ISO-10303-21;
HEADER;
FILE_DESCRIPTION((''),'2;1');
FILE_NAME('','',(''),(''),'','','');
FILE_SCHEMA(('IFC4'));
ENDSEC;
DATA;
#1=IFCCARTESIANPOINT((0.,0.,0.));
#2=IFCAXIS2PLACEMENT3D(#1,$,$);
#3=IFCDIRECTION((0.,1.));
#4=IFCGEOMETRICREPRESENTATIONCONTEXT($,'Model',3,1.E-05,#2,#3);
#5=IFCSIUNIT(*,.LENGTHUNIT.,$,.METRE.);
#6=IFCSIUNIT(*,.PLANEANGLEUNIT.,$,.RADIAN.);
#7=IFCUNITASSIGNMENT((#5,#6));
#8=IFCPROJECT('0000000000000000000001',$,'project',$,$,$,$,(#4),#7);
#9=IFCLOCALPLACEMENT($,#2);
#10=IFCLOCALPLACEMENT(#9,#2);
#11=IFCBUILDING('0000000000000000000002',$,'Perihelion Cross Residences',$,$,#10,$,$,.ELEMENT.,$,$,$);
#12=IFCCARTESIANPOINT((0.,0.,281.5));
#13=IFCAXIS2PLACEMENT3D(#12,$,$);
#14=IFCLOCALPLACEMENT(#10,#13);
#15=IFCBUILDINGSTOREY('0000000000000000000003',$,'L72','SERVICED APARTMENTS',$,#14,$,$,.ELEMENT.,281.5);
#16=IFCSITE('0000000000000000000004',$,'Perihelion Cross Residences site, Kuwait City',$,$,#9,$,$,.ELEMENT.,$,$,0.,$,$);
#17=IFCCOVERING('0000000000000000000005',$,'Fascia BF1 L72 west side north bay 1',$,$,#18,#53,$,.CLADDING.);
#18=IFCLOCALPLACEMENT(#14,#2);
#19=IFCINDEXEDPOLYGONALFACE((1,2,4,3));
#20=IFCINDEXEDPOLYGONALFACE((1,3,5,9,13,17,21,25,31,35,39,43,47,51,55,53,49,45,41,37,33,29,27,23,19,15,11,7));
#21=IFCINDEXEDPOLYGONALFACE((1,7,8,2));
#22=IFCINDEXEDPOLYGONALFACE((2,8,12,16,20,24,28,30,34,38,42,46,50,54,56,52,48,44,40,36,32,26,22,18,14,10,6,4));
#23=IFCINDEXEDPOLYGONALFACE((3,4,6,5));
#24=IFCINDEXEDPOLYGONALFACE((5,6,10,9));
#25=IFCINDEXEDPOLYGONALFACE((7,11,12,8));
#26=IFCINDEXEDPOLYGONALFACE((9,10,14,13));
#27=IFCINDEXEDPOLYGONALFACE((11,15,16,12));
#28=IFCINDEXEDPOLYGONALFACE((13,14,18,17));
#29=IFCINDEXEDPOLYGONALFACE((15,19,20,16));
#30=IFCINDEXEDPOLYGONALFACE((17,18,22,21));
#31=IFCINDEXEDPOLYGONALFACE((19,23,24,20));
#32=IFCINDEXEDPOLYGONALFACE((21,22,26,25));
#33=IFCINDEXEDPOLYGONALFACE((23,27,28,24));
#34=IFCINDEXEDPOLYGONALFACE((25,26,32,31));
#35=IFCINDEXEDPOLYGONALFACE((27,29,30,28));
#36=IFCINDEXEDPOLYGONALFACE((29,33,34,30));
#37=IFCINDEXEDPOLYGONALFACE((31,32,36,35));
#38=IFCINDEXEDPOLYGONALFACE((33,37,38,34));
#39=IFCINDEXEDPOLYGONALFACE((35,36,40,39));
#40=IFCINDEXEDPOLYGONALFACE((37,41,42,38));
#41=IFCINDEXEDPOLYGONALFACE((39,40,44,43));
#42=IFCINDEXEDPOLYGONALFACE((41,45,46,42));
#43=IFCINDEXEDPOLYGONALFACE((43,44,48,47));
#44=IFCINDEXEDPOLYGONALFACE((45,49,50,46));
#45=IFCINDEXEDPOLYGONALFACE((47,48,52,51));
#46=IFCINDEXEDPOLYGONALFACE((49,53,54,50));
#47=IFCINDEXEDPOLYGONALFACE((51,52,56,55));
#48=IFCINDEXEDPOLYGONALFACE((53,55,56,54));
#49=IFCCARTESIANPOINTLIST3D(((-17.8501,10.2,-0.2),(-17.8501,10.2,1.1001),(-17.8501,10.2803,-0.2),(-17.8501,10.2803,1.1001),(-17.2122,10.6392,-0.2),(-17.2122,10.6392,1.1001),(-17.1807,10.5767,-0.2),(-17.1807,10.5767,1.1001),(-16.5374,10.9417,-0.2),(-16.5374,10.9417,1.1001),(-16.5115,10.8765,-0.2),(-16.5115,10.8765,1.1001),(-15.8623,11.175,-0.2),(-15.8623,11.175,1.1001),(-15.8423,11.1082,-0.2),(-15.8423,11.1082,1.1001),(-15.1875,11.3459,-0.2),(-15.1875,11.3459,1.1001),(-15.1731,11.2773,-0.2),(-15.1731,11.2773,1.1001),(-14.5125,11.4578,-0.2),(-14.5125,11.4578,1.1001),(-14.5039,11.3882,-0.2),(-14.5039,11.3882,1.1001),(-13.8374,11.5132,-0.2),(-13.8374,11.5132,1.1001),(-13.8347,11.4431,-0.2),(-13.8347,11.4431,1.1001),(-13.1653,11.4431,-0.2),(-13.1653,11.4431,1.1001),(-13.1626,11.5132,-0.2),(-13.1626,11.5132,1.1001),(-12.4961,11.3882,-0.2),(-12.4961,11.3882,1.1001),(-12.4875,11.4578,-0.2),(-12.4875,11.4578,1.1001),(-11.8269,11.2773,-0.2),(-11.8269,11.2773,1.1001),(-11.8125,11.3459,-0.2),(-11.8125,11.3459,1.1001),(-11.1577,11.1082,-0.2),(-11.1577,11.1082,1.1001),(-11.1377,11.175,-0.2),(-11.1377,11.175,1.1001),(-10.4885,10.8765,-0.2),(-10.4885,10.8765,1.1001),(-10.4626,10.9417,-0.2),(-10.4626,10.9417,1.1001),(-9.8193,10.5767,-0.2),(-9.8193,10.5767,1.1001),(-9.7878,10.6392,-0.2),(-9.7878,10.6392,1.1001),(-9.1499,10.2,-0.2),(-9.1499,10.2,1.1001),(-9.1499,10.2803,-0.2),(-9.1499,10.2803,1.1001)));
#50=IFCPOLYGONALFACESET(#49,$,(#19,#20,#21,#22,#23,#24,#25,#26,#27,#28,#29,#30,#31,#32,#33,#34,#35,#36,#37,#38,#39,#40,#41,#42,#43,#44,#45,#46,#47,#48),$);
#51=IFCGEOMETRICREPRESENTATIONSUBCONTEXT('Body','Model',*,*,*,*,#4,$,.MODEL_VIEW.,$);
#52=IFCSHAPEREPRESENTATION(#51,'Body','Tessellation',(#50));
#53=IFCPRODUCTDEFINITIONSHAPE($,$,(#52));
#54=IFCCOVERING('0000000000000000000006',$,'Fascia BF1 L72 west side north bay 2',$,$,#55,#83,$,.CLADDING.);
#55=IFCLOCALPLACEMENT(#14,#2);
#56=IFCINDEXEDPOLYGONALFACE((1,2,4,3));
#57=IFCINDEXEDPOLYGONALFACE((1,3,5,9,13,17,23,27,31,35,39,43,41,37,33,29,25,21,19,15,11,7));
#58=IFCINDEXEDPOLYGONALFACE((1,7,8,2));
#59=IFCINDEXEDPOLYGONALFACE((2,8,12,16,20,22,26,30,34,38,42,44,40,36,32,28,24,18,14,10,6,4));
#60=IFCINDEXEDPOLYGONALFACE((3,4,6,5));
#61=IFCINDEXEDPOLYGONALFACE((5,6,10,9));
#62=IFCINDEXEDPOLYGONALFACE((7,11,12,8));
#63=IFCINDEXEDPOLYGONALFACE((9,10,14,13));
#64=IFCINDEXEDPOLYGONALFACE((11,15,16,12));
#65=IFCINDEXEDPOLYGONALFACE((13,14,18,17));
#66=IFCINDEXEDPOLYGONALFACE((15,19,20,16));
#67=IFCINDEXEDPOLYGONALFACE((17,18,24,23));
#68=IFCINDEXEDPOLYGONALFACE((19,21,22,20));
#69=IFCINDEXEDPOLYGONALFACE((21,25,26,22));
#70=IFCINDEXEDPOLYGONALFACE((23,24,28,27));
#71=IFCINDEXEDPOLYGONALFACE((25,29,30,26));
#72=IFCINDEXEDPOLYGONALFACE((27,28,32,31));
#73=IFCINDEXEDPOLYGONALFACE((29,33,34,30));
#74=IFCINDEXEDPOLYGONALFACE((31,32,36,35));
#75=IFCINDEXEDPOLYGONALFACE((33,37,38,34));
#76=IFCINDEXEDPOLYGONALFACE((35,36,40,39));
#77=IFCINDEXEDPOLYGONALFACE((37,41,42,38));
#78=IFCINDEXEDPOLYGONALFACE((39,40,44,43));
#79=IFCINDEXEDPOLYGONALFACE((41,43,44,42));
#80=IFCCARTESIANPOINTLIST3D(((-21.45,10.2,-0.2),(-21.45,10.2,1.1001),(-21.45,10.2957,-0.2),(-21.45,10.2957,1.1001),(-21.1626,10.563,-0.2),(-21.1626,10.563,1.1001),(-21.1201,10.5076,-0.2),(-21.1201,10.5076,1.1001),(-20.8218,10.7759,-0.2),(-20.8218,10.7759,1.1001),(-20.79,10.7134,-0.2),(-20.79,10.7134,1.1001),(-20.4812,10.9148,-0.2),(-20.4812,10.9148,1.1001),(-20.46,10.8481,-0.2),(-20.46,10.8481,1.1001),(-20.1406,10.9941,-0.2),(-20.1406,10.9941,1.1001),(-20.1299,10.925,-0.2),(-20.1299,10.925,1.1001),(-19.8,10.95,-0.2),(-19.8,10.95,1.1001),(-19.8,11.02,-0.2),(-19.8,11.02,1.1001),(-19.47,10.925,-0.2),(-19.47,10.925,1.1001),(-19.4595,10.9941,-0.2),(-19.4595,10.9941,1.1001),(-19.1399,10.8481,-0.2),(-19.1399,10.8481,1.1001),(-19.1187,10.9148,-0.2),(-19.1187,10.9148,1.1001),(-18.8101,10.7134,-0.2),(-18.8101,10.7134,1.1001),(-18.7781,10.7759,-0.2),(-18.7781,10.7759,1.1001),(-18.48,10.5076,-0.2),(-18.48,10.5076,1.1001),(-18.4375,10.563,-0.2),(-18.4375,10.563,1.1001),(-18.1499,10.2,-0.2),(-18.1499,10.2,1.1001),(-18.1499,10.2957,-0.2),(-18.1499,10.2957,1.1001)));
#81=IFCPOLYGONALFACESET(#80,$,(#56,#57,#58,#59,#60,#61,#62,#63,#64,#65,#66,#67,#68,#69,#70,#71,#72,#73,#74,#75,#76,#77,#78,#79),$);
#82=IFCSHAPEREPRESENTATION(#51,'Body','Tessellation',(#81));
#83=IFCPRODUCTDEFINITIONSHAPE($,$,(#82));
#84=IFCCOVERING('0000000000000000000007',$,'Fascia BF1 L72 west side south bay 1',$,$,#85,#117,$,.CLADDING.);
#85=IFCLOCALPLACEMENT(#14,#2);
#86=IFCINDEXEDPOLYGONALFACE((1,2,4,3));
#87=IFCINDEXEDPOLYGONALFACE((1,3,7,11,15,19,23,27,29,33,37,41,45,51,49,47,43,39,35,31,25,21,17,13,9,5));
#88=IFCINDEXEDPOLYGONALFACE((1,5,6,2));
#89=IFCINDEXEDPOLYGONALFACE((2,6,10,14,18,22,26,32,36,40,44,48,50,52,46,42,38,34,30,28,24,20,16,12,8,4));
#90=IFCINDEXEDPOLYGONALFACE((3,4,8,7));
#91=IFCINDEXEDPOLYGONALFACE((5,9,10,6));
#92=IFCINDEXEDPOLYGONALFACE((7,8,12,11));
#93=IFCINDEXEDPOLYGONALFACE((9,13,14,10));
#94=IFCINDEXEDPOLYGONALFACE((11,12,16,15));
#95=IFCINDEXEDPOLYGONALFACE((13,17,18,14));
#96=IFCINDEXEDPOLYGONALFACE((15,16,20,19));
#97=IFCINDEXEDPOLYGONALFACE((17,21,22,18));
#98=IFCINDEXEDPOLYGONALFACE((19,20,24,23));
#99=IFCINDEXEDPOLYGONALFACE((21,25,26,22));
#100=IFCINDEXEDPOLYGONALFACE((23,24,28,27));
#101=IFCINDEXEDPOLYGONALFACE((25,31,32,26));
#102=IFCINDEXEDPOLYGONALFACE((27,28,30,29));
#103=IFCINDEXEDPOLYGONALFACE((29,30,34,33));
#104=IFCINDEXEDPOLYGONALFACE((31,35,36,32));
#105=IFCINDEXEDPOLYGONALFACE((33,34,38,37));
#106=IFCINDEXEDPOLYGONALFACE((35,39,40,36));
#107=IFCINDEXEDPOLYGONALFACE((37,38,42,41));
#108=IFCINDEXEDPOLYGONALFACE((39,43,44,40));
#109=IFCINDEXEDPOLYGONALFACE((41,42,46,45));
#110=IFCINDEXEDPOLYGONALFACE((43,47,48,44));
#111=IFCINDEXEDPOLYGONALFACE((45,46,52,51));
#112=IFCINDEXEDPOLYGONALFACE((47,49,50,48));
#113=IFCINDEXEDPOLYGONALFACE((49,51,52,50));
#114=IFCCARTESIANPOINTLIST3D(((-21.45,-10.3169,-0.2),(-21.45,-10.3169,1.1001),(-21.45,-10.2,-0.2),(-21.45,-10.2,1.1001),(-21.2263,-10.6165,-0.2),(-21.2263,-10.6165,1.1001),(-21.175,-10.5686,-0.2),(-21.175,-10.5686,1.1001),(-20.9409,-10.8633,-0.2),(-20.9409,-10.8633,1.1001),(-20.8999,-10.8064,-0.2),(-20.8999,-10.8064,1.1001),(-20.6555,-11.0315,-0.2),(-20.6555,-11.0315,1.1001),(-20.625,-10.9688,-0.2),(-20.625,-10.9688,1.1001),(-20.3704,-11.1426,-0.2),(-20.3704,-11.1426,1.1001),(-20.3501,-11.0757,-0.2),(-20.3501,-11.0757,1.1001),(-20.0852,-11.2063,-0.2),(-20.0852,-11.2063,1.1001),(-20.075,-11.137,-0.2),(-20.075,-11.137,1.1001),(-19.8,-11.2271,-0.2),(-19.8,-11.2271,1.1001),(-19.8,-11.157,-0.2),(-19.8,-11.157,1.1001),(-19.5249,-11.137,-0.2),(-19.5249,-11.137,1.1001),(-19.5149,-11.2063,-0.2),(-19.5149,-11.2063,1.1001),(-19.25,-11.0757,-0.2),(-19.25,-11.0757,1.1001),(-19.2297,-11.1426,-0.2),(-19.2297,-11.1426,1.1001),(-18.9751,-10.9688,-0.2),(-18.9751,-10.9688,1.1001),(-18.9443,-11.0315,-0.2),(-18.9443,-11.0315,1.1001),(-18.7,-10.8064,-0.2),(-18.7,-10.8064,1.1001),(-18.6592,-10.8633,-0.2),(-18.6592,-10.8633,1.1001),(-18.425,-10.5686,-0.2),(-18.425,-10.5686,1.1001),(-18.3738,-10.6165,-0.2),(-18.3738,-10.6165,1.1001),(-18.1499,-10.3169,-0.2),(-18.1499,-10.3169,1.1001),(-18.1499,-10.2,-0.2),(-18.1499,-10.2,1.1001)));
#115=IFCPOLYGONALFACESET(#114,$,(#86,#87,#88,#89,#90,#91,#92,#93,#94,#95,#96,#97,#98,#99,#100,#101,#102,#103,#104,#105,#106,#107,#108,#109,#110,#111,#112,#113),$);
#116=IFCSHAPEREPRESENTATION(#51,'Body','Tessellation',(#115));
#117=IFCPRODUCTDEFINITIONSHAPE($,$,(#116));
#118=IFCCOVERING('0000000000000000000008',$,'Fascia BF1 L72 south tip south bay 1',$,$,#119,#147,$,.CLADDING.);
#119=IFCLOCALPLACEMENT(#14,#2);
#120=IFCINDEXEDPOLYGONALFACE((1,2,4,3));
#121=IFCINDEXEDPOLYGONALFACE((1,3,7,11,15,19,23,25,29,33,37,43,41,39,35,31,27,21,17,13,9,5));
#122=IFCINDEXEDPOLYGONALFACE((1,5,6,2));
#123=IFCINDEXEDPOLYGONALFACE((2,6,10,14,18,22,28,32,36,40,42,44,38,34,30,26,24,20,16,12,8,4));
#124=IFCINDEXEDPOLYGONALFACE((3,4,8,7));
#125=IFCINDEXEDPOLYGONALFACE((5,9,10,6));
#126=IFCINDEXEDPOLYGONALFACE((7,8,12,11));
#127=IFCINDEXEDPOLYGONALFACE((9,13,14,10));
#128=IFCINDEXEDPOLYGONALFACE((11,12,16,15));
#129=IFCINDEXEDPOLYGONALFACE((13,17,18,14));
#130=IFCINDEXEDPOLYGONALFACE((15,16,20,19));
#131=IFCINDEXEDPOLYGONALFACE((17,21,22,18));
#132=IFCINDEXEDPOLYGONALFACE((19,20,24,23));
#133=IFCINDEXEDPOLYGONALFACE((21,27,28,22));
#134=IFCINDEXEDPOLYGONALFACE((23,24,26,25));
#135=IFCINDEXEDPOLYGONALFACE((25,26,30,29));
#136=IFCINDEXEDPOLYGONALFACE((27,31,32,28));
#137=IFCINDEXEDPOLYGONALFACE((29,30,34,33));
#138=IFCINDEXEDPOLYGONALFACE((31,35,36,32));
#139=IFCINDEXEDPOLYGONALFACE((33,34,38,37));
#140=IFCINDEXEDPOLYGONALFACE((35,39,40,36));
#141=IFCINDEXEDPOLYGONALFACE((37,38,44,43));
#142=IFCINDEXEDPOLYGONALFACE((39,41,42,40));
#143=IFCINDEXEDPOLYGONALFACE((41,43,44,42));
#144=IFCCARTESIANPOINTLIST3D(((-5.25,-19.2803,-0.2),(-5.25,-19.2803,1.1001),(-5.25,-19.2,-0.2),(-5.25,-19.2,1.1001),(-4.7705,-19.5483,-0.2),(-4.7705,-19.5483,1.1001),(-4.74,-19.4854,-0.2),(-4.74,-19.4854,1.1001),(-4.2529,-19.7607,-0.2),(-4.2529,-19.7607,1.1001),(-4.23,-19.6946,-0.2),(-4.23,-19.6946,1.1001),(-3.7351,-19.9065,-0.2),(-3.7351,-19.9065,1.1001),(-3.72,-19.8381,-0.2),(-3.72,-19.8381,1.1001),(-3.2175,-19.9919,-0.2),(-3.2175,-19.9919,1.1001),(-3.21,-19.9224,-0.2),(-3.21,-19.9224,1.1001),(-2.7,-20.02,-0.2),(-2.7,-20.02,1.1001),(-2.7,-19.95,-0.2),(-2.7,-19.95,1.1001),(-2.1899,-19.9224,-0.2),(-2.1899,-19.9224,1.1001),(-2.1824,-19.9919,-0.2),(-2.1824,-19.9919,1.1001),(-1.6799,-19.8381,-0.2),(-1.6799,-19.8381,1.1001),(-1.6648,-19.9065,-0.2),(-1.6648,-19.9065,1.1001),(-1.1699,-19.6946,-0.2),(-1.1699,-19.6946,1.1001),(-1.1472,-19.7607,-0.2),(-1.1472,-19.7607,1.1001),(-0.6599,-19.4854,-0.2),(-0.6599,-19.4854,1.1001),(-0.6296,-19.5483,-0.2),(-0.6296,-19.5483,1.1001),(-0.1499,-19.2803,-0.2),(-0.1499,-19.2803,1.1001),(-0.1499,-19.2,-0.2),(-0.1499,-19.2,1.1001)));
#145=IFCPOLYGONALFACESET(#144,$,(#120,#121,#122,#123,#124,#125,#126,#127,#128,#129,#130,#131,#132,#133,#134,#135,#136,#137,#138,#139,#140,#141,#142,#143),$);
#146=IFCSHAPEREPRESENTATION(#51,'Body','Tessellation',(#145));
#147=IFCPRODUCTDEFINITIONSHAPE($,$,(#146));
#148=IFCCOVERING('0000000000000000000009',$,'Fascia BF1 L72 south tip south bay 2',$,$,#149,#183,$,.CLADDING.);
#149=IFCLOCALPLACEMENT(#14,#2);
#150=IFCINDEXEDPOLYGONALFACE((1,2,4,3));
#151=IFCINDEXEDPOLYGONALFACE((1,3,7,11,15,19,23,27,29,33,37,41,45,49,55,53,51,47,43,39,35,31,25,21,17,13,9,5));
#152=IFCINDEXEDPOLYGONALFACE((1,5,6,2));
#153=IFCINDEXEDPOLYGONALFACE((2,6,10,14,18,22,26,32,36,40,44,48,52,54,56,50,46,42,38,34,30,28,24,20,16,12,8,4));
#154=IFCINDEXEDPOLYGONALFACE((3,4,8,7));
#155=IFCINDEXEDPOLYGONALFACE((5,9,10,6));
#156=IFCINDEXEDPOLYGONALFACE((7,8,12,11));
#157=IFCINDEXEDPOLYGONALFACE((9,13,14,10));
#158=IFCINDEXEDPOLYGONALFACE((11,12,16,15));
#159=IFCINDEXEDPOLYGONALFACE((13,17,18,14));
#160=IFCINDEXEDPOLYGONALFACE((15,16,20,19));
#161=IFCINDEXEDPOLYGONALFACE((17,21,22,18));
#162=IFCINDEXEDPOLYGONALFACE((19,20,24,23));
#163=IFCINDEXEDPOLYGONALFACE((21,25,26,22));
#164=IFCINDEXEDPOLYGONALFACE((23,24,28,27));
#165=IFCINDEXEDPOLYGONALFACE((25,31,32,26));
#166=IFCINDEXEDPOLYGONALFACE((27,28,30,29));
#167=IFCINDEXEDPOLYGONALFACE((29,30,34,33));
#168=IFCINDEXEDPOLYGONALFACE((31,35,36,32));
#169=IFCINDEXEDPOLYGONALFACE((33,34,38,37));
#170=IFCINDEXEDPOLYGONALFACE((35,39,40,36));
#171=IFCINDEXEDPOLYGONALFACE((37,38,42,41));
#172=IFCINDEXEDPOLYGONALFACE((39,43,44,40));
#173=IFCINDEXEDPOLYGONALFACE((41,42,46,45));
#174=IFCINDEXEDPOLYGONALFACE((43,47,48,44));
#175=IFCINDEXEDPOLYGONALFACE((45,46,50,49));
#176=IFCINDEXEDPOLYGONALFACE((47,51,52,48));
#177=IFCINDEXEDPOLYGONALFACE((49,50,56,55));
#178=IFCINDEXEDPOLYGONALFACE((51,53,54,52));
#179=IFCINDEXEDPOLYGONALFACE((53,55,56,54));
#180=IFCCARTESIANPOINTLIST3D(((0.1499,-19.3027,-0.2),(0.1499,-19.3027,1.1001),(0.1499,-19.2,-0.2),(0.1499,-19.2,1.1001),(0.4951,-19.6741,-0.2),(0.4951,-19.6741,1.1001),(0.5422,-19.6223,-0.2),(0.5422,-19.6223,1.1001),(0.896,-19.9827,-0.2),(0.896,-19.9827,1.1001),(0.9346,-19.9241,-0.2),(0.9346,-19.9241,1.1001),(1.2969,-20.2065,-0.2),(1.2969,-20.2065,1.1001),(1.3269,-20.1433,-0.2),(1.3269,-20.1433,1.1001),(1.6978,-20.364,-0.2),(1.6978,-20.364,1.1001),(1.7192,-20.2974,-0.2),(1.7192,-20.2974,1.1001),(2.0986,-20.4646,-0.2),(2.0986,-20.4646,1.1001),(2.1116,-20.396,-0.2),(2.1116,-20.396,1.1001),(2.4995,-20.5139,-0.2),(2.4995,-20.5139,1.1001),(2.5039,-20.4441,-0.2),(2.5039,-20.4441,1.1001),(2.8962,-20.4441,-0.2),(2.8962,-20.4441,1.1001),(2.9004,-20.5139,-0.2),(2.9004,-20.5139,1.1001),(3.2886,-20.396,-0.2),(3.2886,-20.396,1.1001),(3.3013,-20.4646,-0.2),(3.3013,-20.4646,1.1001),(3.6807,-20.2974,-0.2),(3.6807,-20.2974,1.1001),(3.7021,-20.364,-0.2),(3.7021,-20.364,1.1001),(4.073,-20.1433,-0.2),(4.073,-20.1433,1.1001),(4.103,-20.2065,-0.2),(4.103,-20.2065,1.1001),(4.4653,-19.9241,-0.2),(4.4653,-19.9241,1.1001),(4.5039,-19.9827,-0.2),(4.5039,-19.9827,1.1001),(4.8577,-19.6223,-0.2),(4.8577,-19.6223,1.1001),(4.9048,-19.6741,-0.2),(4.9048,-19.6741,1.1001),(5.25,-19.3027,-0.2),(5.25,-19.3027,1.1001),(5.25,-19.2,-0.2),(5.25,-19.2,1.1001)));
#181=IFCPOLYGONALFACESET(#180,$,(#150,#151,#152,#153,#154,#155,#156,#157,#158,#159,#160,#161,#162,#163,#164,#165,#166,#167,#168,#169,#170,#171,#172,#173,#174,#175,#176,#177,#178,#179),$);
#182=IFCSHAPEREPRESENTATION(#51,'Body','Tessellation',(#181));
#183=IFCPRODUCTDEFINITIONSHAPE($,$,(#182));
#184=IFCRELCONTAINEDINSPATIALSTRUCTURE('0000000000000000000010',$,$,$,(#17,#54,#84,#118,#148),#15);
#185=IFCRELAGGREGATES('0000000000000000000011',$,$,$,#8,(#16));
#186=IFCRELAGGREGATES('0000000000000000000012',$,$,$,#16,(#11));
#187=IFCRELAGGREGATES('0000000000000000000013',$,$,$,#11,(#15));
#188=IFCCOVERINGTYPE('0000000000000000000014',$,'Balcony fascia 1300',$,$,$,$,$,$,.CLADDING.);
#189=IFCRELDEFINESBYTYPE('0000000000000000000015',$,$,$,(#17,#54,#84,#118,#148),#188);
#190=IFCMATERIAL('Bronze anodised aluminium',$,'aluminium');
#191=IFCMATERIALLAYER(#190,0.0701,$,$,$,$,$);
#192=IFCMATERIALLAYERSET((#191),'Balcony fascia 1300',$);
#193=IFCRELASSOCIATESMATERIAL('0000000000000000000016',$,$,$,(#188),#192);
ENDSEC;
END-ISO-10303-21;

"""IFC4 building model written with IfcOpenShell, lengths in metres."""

from ifc_helpers import new_model, si_unit, direction, frame, origin, place, context, subcontext, project, spatial, polyline, outline, extrude, material, layer, layer_set, type_object, element, save


model = new_model("IFC4")

# Units and contexts
model_context = context("Model", 3, precision=1e-05, world=origin(), true_north=direction((0.0, 1.0)))
body_context = subcontext(model_context, "Body", "Model", "MODEL_VIEW")
ifc_project = project(units=[si_unit("LENGTHUNIT", "METRE"), si_unit("PLANEANGLEUNIT", "RADIAN")], contexts=[model_context])

# Site, building, storey
site_placement = place(None, origin())
site = spatial("IfcSite", under=ifc_project, at=site_placement, Name="Perihelion Cross Residences site, Kuwait City", CompositionType="ELEMENT", RefElevation=0.0)
building_placement = place(site_placement, origin())
building = spatial("IfcBuilding", under=site, at=building_placement, Name="Perihelion Cross Residences", CompositionType="ELEMENT")
storey_placement = place(building_placement, frame((0.0, 0.0, 281.5)))
storey = spatial("IfcBuildingStorey", under=building, at=storey_placement, Name="L72", Description="SERVICED APARTMENTS", CompositionType="ELEMENT", Elevation=281.5)

# Coverings
ifc_material_1 = material(Name="Bronze anodised aluminium", Category="aluminium")
ifc_layer_1 = layer(ifc_material_1, 0.0701)
ifc_layer_set_1 = layer_set([ifc_layer_1], Name="Balcony fascia 1300")
covering_type = type_object("IfcCoveringType", Name="Balcony fascia 1300", PredefinedType="CLADDING", material=ifc_layer_set_1)
covering_1_placement = place(storey_placement, frame((0.0, 0.0, -0.2)))
element("IfcCovering", 1, at=covering_1_placement, inside=storey, type_object=covering_type, Name="Fascia BF1 L72 west side north bay 1", PredefinedType="CLADDING", context=body_context, shape_type="SweptSolid", body=[
    extrude(outline(polyline([(-9.7878, 10.6392), (-10.4626, 10.9417), (-11.1377, 11.175), (-11.8125, 11.3459), (-12.4875, 11.4578), (-13.1626, 11.5132), (-13.8374, 11.5132), (-14.5125, 11.4578), (-15.1875, 11.3459), (-15.8623, 11.175), (-16.5374, 10.9417), (-17.2122, 10.6392), (-17.8501, 10.2803), (-17.8501, 10.2), (-17.1807, 10.5767), (-16.5115, 10.8765), (-15.8423, 11.1082), (-15.1731, 11.2773), (-14.5039, 11.3882), (-13.8347, 11.4431), (-13.1653, 11.4431), (-12.4961, 11.3882), (-11.8269, 11.2773), (-11.1577, 11.1082), (-10.4885, 10.8765), (-9.8193, 10.5767), (-9.1499, 10.2), (-9.1499, 10.2803), (-9.7878, 10.6392)])), origin(), (0.0, 0.0, 1.0), 1.3),
])
covering_2_placement = place(storey_placement, frame((0.0, 0.0, -0.2)))
element("IfcCovering", 2, at=covering_2_placement, inside=storey, type_object=covering_type, Name="Fascia BF1 L72 west side north bay 2", PredefinedType="CLADDING", context=body_context, shape_type="SweptSolid", body=[
    extrude(outline(polyline([(-18.4375, 10.563), (-18.7781, 10.7759), (-19.1187, 10.9148), (-19.4595, 10.9941), (-19.8, 11.02), (-20.1406, 10.9941), (-20.4812, 10.9148), (-20.8218, 10.7759), (-21.1626, 10.563), (-21.45, 10.2957), (-21.45, 10.2), (-21.1201, 10.5076), (-20.79, 10.7134), (-20.46, 10.8481), (-20.1299, 10.925), (-19.8, 10.95), (-19.47, 10.925), (-19.1399, 10.8481), (-18.8101, 10.7134), (-18.48, 10.5076), (-18.1499, 10.2), (-18.1499, 10.2957), (-18.4375, 10.563)])), origin(), (0.0, 0.0, 1.0), 1.3),
])
covering_3_placement = place(storey_placement, frame((0.0, 0.0, -0.2)))
element("IfcCovering", 3, at=covering_3_placement, inside=storey, type_object=covering_type, Name="Fascia BF1 L72 west side south bay 1", PredefinedType="CLADDING", context=body_context, shape_type="SweptSolid", body=[
    extrude(outline(polyline([(-21.2263, -10.6165), (-20.9409, -10.8633), (-20.6555, -11.0315), (-20.3704, -11.1426), (-20.0852, -11.2063), (-19.8, -11.2271), (-19.5149, -11.2063), (-19.2297, -11.1426), (-18.9443, -11.0315), (-18.6592, -10.8633), (-18.3738, -10.6165), (-18.1499, -10.3169), (-18.1499, -10.2), (-18.425, -10.5686), (-18.7, -10.8064), (-18.9751, -10.9688), (-19.25, -11.0757), (-19.5249, -11.137), (-19.8, -11.157), (-20.075, -11.137), (-20.3501, -11.0757), (-20.625, -10.9688), (-20.8999, -10.8064), (-21.175, -10.5686), (-21.45, -10.2), (-21.45, -10.3169), (-21.2263, -10.6165)])), origin(), (0.0, 0.0, 1.0), 1.3),
])
covering_4_placement = place(storey_placement, frame((0.0, 0.0, -0.2)))
element("IfcCovering", 4, at=covering_4_placement, inside=storey, type_object=covering_type, Name="Fascia BF1 L72 south tip south bay 1", PredefinedType="CLADDING", context=body_context, shape_type="SweptSolid", body=[
    extrude(outline(polyline([(-4.7705, -19.5483), (-4.2529, -19.7607), (-3.7351, -19.9065), (-3.2175, -19.9919), (-2.7, -20.02), (-2.1824, -19.9919), (-1.6648, -19.9065), (-1.1472, -19.7607), (-0.6296, -19.5483), (-0.1499, -19.2803), (-0.1499, -19.2), (-0.6599, -19.4854), (-1.1699, -19.6946), (-1.6799, -19.8381), (-2.1899, -19.9224), (-2.7, -19.95), (-3.21, -19.9224), (-3.72, -19.8381), (-4.23, -19.6946), (-4.74, -19.4854), (-5.25, -19.2), (-5.25, -19.2803), (-4.7705, -19.5483)])), origin(), (0.0, 0.0, 1.0), 1.3),
])
covering_5_placement = place(storey_placement, frame((0.0, 0.0, -0.2)))
element("IfcCovering", 5, at=covering_5_placement, inside=storey, type_object=covering_type, Name="Fascia BF1 L72 south tip south bay 2", PredefinedType="CLADDING", context=body_context, shape_type="SweptSolid", body=[
    extrude(outline(polyline([(0.4951, -19.6741), (0.896, -19.9827), (1.2969, -20.2065), (1.6978, -20.364), (2.0986, -20.4646), (2.4995, -20.5139), (2.9004, -20.5139), (3.3013, -20.4646), (3.7021, -20.364), (4.103, -20.2065), (4.5039, -19.9827), (4.9048, -19.6741), (5.25, -19.3027), (5.25, -19.2), (4.8577, -19.6223), (4.4653, -19.9241), (4.073, -20.1433), (3.6807, -20.2974), (3.2886, -20.396), (2.8962, -20.4441), (2.5039, -20.4441), (2.1116, -20.396), (1.7192, -20.2974), (1.3269, -20.1433), (0.9346, -19.9241), (0.5422, -19.6223), (0.1499, -19.2), (0.1499, -19.3027), (0.4951, -19.6741)])), origin(), (0.0, 0.0, 1.0), 1.3),
])

save(model, "model.ifc")
